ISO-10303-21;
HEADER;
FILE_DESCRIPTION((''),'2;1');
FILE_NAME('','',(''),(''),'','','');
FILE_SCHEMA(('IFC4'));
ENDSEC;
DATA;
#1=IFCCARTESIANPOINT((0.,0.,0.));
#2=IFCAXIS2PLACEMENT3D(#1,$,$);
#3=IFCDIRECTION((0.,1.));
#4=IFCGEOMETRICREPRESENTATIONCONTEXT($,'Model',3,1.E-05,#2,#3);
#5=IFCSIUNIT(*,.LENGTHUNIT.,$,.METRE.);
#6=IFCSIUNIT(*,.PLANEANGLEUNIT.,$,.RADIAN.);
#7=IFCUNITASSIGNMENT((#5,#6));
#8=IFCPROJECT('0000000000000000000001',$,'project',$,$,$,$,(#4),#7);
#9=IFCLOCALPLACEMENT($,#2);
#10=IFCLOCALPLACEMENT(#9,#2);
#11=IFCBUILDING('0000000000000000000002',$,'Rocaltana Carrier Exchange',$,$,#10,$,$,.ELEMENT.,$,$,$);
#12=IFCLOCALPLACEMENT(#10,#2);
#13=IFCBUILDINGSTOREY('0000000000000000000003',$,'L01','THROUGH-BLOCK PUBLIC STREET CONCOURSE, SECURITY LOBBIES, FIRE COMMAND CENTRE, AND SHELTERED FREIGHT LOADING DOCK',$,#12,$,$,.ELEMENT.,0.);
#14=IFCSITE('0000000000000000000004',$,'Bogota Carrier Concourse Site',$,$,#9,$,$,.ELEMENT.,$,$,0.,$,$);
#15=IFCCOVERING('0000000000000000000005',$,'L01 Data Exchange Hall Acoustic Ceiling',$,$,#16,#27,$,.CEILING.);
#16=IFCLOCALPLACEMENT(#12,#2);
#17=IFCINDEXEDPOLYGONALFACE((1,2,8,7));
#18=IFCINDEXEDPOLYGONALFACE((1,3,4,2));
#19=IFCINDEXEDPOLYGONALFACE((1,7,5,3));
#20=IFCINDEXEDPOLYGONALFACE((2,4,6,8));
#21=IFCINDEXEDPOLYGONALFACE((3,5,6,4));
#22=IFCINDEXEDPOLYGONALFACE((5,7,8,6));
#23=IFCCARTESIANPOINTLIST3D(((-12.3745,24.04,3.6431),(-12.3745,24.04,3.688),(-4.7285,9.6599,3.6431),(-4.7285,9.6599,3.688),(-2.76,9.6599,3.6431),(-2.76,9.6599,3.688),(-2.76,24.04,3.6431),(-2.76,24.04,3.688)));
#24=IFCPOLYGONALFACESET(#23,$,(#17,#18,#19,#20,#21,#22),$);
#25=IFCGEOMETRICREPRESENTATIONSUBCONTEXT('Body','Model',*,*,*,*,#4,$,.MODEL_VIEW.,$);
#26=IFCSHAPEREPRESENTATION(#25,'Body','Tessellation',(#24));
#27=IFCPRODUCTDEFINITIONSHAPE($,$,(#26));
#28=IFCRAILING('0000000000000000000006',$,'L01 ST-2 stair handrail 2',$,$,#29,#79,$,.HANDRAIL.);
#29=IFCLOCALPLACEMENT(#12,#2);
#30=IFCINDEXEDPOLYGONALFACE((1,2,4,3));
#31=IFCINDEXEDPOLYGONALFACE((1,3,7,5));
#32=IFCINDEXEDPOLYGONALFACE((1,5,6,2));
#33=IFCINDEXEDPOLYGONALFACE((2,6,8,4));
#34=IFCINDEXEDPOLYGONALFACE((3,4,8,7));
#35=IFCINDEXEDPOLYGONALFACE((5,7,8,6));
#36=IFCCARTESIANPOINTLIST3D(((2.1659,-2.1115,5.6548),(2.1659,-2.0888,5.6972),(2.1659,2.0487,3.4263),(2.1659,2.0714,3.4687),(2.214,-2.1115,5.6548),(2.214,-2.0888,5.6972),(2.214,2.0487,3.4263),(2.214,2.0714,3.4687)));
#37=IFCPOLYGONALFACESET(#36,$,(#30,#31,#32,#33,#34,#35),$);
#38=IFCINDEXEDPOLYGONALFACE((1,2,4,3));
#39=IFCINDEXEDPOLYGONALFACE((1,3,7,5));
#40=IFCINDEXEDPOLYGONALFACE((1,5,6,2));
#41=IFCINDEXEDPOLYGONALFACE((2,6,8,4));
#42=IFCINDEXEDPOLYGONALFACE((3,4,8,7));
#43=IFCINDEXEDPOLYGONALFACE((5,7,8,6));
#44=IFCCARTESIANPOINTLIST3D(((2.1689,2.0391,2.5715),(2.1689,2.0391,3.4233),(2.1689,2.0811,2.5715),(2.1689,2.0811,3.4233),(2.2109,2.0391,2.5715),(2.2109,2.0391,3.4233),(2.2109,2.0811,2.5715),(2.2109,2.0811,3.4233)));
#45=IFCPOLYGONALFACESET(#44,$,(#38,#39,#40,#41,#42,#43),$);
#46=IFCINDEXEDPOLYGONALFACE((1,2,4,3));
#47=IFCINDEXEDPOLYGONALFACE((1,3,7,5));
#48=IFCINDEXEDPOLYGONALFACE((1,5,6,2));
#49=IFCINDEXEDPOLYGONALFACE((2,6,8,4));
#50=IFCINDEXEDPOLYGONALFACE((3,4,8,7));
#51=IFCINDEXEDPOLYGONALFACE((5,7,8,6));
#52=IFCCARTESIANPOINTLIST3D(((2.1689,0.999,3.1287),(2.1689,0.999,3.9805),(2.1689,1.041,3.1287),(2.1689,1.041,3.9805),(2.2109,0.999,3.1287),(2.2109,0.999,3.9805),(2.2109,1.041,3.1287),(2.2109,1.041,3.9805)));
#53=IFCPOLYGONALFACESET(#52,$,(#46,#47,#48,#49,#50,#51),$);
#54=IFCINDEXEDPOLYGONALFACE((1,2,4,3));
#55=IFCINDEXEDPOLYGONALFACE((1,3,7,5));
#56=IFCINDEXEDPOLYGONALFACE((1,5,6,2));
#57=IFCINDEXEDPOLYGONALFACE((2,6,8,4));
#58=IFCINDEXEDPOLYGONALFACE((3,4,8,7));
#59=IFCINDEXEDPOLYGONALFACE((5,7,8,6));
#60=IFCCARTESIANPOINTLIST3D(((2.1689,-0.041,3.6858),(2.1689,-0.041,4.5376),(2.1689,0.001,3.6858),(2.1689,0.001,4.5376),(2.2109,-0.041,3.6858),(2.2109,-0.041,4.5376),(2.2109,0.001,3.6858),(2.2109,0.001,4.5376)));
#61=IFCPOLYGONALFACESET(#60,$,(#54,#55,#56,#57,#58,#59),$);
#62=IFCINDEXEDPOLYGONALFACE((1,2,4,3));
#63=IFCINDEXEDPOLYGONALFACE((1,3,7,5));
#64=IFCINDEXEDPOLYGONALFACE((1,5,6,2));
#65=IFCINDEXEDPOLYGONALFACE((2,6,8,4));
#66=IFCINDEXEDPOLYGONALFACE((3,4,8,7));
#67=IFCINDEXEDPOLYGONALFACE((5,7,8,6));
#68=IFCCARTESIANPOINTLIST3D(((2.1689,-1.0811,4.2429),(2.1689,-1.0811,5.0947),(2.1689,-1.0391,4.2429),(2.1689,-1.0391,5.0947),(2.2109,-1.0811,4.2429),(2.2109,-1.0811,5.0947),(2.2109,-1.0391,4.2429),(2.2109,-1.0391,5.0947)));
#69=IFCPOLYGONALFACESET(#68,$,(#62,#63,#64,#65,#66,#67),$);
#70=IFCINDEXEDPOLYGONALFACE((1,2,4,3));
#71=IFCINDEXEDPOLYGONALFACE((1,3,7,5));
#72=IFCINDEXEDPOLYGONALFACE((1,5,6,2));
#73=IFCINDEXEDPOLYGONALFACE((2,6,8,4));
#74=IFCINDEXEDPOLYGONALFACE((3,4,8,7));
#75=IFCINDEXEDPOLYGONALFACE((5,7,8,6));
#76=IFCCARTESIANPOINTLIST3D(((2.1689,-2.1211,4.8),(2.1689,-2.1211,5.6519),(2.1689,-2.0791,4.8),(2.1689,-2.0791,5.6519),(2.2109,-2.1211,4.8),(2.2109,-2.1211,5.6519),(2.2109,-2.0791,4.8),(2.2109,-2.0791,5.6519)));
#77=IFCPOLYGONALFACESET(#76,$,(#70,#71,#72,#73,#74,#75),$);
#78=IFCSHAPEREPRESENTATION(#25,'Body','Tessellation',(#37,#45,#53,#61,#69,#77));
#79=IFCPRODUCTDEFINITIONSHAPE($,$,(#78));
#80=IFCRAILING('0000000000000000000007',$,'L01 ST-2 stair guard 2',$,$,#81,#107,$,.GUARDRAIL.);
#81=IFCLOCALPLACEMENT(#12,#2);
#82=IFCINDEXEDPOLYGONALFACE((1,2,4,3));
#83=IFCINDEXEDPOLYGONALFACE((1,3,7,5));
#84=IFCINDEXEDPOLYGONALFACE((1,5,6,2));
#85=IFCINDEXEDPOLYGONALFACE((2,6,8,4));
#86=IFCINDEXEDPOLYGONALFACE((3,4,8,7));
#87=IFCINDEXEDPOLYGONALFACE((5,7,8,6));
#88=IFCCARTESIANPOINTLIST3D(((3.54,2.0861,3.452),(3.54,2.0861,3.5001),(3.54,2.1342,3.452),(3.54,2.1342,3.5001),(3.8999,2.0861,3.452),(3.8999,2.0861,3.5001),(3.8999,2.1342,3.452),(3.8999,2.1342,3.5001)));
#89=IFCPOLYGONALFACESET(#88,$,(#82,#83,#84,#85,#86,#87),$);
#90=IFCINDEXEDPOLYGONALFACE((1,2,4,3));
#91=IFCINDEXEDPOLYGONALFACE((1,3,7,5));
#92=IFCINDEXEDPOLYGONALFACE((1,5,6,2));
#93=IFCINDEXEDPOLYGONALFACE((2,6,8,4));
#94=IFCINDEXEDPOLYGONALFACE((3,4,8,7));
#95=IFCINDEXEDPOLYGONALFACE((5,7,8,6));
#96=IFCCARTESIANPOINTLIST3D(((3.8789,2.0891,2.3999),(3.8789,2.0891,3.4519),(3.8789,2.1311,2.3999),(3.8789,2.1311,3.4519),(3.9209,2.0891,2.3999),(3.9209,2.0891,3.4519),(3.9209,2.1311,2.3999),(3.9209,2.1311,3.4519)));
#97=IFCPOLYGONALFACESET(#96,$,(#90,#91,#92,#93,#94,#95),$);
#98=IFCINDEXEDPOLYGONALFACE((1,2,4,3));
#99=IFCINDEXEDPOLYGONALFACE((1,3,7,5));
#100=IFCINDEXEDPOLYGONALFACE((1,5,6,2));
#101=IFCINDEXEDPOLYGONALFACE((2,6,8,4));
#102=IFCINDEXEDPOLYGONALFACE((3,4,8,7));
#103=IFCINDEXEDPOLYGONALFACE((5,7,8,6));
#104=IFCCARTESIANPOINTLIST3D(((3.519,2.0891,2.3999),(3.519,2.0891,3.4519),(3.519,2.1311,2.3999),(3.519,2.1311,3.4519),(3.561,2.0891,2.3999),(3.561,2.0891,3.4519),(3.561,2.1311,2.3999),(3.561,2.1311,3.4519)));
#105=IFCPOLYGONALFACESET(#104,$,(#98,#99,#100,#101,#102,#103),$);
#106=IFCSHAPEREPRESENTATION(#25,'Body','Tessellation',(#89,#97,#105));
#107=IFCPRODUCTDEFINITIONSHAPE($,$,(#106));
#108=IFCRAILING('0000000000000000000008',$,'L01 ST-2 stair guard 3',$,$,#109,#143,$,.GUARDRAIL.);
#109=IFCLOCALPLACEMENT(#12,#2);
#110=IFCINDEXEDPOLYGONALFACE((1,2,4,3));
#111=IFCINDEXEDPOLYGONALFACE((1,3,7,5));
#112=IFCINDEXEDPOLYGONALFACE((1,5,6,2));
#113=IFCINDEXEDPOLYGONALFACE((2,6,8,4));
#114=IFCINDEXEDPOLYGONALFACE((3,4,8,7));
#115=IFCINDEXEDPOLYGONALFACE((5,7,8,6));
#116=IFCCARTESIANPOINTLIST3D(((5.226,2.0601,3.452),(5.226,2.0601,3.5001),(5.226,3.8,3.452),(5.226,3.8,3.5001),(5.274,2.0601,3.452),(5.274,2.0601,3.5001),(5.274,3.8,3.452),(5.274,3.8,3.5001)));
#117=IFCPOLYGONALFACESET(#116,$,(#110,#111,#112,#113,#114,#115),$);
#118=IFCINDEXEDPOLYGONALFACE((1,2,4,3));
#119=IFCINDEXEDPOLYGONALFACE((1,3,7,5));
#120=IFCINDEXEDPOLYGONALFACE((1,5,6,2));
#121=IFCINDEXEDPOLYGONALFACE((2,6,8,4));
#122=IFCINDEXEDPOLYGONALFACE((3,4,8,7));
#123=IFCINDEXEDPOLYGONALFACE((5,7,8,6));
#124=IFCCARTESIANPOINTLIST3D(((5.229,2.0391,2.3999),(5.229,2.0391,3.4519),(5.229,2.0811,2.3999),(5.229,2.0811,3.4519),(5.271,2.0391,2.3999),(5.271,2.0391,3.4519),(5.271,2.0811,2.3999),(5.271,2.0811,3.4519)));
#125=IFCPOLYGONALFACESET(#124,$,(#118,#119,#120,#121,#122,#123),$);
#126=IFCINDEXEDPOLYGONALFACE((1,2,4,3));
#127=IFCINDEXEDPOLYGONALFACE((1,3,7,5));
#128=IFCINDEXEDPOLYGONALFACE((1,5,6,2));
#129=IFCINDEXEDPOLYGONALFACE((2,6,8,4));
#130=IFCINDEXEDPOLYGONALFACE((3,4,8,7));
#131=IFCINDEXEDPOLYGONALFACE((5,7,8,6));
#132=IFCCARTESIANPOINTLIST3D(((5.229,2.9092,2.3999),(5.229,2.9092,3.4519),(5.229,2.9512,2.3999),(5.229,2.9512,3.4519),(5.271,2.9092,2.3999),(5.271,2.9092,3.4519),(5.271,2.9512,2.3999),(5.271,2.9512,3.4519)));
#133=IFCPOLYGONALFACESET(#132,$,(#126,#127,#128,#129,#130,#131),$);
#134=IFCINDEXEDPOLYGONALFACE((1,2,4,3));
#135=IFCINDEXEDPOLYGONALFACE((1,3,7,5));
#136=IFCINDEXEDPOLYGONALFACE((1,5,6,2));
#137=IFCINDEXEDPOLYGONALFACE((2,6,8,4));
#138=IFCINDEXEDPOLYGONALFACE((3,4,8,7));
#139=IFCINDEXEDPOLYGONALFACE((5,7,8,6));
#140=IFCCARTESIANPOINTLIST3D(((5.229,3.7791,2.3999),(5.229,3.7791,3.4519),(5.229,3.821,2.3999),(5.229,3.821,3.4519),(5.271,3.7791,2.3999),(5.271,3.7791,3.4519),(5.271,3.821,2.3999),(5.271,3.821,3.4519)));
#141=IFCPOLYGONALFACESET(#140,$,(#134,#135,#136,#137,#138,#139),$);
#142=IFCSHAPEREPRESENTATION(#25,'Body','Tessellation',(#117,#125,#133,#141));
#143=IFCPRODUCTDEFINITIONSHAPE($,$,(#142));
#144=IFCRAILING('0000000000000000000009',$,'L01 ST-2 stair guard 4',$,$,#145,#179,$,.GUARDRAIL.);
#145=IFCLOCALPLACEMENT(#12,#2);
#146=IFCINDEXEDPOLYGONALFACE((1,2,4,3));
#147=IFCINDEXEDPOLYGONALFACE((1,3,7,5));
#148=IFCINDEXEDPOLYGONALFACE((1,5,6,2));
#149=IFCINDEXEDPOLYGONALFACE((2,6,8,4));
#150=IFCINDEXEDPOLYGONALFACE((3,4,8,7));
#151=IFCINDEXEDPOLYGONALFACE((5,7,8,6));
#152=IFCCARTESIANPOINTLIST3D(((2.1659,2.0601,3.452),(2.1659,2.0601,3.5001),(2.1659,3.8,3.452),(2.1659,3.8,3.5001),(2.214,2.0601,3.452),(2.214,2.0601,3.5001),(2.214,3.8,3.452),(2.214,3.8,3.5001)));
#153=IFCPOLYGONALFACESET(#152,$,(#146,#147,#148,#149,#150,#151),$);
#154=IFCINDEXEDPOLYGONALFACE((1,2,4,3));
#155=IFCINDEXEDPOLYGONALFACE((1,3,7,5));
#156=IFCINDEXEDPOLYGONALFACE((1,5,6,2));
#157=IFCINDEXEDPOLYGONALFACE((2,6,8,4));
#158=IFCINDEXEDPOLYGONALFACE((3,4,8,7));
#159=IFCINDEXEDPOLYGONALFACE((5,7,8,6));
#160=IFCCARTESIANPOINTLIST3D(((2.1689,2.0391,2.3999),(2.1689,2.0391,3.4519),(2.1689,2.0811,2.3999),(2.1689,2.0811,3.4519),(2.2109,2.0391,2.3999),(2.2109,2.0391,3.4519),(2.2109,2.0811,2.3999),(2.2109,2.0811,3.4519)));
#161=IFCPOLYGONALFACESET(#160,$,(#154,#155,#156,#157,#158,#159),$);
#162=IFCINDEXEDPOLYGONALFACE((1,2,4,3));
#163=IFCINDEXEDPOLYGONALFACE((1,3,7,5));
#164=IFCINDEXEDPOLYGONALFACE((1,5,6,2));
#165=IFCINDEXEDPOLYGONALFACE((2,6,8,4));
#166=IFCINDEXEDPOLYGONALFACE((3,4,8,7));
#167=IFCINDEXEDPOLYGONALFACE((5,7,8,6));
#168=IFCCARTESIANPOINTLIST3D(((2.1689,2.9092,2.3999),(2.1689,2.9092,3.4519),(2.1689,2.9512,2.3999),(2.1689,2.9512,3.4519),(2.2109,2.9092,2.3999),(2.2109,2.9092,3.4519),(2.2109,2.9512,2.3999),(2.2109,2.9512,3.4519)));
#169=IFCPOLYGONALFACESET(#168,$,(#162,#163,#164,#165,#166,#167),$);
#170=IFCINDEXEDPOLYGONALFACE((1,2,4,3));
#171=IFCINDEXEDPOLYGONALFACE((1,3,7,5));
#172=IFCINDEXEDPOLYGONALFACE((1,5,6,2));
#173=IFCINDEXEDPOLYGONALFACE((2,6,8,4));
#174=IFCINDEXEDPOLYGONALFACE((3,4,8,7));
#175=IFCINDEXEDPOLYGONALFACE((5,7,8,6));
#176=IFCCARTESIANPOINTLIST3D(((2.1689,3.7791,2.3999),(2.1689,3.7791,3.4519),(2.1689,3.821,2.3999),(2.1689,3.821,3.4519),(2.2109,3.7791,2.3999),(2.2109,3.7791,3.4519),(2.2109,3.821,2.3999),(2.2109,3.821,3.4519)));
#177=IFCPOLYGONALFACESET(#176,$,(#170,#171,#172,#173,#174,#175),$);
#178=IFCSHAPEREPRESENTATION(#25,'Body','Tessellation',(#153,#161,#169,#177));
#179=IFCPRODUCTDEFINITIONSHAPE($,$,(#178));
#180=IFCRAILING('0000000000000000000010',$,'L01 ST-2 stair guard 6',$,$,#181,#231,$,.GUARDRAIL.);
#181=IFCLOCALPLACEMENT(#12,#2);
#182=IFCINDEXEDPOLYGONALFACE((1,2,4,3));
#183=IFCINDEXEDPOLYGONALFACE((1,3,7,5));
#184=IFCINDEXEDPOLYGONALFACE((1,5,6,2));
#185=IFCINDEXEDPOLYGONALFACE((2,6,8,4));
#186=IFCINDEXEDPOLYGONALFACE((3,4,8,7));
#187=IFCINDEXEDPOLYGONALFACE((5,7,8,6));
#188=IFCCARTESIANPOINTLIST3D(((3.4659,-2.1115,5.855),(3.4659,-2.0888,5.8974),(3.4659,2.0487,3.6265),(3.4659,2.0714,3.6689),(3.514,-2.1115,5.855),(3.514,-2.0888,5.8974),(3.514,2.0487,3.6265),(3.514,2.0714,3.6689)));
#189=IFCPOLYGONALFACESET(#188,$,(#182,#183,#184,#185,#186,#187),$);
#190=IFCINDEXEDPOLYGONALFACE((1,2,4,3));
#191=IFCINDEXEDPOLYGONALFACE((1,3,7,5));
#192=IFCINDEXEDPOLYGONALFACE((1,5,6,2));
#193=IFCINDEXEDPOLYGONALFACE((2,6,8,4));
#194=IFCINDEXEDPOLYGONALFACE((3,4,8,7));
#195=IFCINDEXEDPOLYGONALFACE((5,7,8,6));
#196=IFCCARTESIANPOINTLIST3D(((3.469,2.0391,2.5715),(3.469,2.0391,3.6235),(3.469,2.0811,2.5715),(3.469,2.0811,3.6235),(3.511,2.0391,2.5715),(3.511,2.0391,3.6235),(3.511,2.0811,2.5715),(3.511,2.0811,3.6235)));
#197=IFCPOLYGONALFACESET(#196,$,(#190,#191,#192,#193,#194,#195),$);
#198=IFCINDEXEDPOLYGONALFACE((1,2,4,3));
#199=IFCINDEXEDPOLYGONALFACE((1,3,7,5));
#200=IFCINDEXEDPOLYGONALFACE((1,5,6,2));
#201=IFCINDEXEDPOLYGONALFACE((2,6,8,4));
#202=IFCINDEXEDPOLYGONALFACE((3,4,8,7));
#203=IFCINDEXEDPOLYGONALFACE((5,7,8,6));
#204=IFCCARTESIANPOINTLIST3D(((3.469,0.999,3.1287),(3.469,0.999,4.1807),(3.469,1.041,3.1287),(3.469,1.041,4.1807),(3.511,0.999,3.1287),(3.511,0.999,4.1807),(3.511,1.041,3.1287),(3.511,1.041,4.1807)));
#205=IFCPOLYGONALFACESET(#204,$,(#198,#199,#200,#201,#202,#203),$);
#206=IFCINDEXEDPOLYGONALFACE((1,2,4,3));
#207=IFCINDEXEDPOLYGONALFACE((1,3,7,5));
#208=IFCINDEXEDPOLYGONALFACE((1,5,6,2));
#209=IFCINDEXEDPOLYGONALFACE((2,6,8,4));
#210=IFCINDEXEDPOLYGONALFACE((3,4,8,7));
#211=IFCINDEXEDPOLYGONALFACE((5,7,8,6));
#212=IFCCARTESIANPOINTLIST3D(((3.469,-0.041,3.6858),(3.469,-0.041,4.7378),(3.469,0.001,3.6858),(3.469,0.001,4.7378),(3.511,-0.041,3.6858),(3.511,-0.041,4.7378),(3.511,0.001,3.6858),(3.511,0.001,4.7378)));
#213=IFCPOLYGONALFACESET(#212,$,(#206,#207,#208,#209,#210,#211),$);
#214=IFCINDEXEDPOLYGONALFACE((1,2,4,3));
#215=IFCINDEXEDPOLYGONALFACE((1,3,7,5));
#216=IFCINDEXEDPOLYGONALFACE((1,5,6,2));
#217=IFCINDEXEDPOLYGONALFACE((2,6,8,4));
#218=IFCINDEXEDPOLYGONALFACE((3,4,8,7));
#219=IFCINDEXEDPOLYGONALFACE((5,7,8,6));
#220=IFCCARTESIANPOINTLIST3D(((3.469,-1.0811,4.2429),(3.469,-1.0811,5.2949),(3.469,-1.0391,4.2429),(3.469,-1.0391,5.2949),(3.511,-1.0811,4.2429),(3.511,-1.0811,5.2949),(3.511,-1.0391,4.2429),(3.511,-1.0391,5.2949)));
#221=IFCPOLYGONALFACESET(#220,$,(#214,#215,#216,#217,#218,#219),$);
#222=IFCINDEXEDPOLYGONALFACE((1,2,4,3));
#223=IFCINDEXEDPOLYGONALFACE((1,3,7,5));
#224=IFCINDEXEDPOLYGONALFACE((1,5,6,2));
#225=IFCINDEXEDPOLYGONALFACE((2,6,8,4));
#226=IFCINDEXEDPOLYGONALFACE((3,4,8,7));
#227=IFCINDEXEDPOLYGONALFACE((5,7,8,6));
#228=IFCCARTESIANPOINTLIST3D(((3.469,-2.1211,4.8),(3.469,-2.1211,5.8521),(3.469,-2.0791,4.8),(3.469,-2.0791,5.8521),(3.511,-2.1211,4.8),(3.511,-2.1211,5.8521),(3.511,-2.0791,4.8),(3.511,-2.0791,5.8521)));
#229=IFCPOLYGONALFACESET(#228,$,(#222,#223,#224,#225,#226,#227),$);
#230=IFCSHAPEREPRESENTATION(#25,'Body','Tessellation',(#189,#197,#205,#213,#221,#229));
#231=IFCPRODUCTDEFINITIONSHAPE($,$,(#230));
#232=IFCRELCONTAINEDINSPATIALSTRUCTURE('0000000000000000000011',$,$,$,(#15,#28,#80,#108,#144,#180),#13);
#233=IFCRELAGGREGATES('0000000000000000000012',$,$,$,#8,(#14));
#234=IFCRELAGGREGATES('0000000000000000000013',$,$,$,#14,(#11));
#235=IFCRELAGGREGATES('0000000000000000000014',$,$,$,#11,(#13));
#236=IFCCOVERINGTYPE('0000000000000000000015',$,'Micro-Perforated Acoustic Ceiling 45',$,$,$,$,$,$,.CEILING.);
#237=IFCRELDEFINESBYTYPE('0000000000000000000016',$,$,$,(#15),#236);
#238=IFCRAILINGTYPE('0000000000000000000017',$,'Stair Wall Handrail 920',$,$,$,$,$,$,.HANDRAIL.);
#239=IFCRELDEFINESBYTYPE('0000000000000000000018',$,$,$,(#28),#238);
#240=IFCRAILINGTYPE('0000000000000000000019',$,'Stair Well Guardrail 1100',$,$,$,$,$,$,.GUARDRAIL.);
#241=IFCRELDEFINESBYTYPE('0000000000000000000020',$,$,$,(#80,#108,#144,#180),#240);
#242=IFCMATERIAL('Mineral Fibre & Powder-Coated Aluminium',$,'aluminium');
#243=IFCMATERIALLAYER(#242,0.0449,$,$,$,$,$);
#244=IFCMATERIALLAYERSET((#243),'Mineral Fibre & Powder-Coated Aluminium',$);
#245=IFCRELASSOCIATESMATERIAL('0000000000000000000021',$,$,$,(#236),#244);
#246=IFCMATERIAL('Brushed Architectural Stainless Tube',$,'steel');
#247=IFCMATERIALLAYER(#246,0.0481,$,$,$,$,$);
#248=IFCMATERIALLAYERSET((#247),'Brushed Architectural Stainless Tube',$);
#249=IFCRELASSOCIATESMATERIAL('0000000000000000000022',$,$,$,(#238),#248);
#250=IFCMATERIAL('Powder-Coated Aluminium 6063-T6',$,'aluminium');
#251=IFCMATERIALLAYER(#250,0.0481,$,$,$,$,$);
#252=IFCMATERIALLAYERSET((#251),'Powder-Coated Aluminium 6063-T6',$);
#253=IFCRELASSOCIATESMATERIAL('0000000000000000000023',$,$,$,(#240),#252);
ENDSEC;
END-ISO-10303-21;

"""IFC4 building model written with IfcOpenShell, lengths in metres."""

from ifc_helpers import new_model, si_unit, direction, frame, origin, origin_2d, place, context, subcontext, project, spatial, polyline, rectangle, outline, extrude, material, layer, layer_set, type_object, element, save


model = new_model("IFC4")

# Units and contexts
model_context = context("Model", 3, precision=1e-05, world=origin(), true_north=direction((0.0, 1.0)))
body_context = subcontext(model_context, "Body", "Model", "MODEL_VIEW")
ifc_project = project(units=[si_unit("LENGTHUNIT", "METRE"), si_unit("PLANEANGLEUNIT", "RADIAN")], contexts=[model_context])

# Site, building, storey
site_placement = place(None, origin())
site = spatial("IfcSite", under=ifc_project, at=site_placement, Name="Bogota Carrier Concourse Site", CompositionType="ELEMENT", RefElevation=0.0)
building_placement = place(site_placement, origin())
building = spatial("IfcBuilding", under=site, at=building_placement, Name="Rocaltana Carrier Exchange", CompositionType="ELEMENT")
storey_placement = place(building_placement, origin())
storey = spatial("IfcBuildingStorey", under=building, at=storey_placement, Name="L01", Description="THROUGH-BLOCK PUBLIC STREET CONCOURSE, SECURITY LOBBIES, FIRE COMMAND CENTRE, AND SHELTERED FREIGHT LOADING DOCK", CompositionType="ELEMENT", Elevation=0.0)

# Covering
ifc_material_1 = material(Name="Mineral Fibre & Powder-Coated Aluminium", Category="aluminium")
ifc_layer_1 = layer(ifc_material_1, 0.0449)
ifc_layer_set_1 = layer_set([ifc_layer_1], Name="Mineral Fibre & Powder-Coated Aluminium")
covering_type_1 = type_object("IfcCoveringType", Name="Micro-Perforated Acoustic Ceiling 45", PredefinedType="CEILING", material=ifc_layer_set_1)
covering_1_placement = place(storey_placement, frame((0.0, 0.0, 3.6431)))
element("IfcCovering", 1, at=covering_1_placement, inside=storey, type_object=covering_type_1, Name="L01 Data Exchange Hall Acoustic Ceiling", PredefinedType="CEILING", context=body_context, shape_type="SweptSolid", body=[
    extrude(outline(polyline([(-4.7285, 9.6599), (-12.3745, 24.04), (-2.76, 24.04), (-2.76, 9.6599), (-4.7285, 9.6599)])), origin(), (0.0, 0.0, 1.0), 0.0449),
])

# Railings
ifc_material_2 = material(Name="Brushed Architectural Stainless Tube", Category="steel")
ifc_layer_2 = layer(ifc_material_2, 0.0481)
ifc_layer_set_2 = layer_set([ifc_layer_2], Name="Brushed Architectural Stainless Tube")
railing_type_1 = type_object("IfcRailingType", Name="Stair Wall Handrail 920", PredefinedType="HANDRAIL", material=ifc_layer_set_2)
railing_1_placement = place(storey_placement, frame((2.1899, 2.0601, 2.5715)))
element("IfcRailing", 2, at=railing_1_placement, inside=storey, type_object=railing_type_1, Name="L01 ST-2 stair handrail 2", PredefinedType="HANDRAIL", context=body_context, shape_type="SweptSolid", body=[
    extrude(rectangle(XDim=0.0481, YDim=0.0481, at=origin_2d()), frame((0.0, 0.0, 0.876), z_axis=(0.0, -0.881492, 0.472198), x_axis=(1.0, 0.0, 0.0)), (0.0, 0.0, 1.0), 4.7195),
    extrude(rectangle(XDim=0.042, YDim=0.042, at=origin_2d()), origin(), (0.0, 0.0, 1.0), 0.8518),
    extrude(rectangle(XDim=0.042, YDim=0.042, at=origin_2d()), frame((0.0, -1.04, 0.5571)), (0.0, 0.0, 1.0), 0.8518),
    extrude(rectangle(XDim=0.042, YDim=0.042, at=origin_2d()), frame((0.0, -2.0801, 1.1143)), (0.0, 0.0, 1.0), 0.8518),
    extrude(rectangle(XDim=0.042, YDim=0.042, at=origin_2d()), frame((0.0, -3.1201, 1.6714)), (0.0, 0.0, 1.0), 0.8518),
    extrude(rectangle(XDim=0.042, YDim=0.042, at=origin_2d()), frame((0.0, -4.1602, 2.2285)), (0.0, 0.0, 1.0), 0.8518),
])
ifc_material_3 = material(Name="Powder-Coated Aluminium 6063-T6", Category="aluminium")
ifc_layer_3 = layer(ifc_material_3, 0.0481)
ifc_layer_set_3 = layer_set([ifc_layer_3], Name="Powder-Coated Aluminium 6063-T6")
railing_type_2 = type_object("IfcRailingType", Name="Stair Well Guardrail 1100", PredefinedType="GUARDRAIL", material=ifc_layer_set_3)
railing_2_placement = place(storey_placement, frame((3.8999, 2.1101, 2.3999)))
element("IfcRailing", 3, at=railing_2_placement, inside=storey, type_object=railing_type_2, Name="L01 ST-2 stair guard 2", PredefinedType="GUARDRAIL", context=body_context, shape_type="SweptSolid", body=[
    extrude(rectangle(XDim=0.0481, YDim=0.0481, at=origin_2d()), frame((0.0, 0.0, 1.0762), z_axis=(-1.0, 0.0, 0.0), x_axis=(0.0, -1.0, 0.0)), (0.0, 0.0, 1.0), 0.3599),
    extrude(rectangle(XDim=0.042, YDim=0.042, at=origin_2d()), origin(), (0.0, 0.0, 1.0), 1.052),
    extrude(rectangle(XDim=0.042, YDim=0.042, at=origin_2d()), frame((-0.3599, 0.0, 0.0)), (0.0, 0.0, 1.0), 1.052),
])
for number, where, name in (
    (4, (5.25, 2.0601, 2.3999), "L01 ST-2 stair guard 3"),
    (5, (2.1899, 2.0601, 2.3999), "L01 ST-2 stair guard 4"),
):
    element("IfcRailing", number, at=place(storey_placement, frame(where)), inside=storey, type_object=railing_type_2, Name=name, PredefinedType="GUARDRAIL", context=body_context, shape_type="SweptSolid", body=[
        extrude(rectangle(XDim=0.0481, YDim=0.0481, at=origin_2d()), frame((0.0, 0.0, 1.0762), z_axis=(0.0, 1.0, 0.0), x_axis=(-1.0, 0.0, 0.0)), (0.0, 0.0, 1.0), 1.74),
        extrude(rectangle(XDim=0.042, YDim=0.042, at=origin_2d()), origin(), (0.0, 0.0, 1.0), 1.052),
        extrude(rectangle(XDim=0.042, YDim=0.042, at=origin_2d()), frame((0.0, 0.8701, 0.0)), (0.0, 0.0, 1.0), 1.052),
        extrude(rectangle(XDim=0.042, YDim=0.042, at=origin_2d()), frame((0.0, 1.74, 0.0)), (0.0, 0.0, 1.0), 1.052),
    ])
railing_3_placement = place(storey_placement, frame((3.49, 2.0601, 2.5715)))
element("IfcRailing", 6, at=railing_3_placement, inside=storey, type_object=railing_type_2, Name="L01 ST-2 stair guard 6", PredefinedType="GUARDRAIL", context=body_context, shape_type="SweptSolid", body=[
    extrude(rectangle(XDim=0.0481, YDim=0.0481, at=origin_2d()), frame((0.0, 0.0, 1.0762), z_axis=(0.0, -0.881492, 0.472198), x_axis=(1.0, 0.0, 0.0)), (0.0, 0.0, 1.0), 4.7195),
    extrude(rectangle(XDim=0.042, YDim=0.042, at=origin_2d()), origin(), (0.0, 0.0, 1.0), 1.052),
    extrude(rectangle(XDim=0.042, YDim=0.042, at=origin_2d()), frame((0.0, -1.04, 0.5571)), (0.0, 0.0, 1.0), 1.052),
    extrude(rectangle(XDim=0.042, YDim=0.042, at=origin_2d()), frame((0.0, -2.0801, 1.1143)), (0.0, 0.0, 1.0), 1.052),
    extrude(rectangle(XDim=0.042, YDim=0.042, at=origin_2d()), frame((0.0, -3.1201, 1.6714)), (0.0, 0.0, 1.0), 1.052),
    extrude(rectangle(XDim=0.042, YDim=0.042, at=origin_2d()), frame((0.0, -4.1602, 2.2285)), (0.0, 0.0, 1.0), 1.052),
])

save(model, "model.ifc")
